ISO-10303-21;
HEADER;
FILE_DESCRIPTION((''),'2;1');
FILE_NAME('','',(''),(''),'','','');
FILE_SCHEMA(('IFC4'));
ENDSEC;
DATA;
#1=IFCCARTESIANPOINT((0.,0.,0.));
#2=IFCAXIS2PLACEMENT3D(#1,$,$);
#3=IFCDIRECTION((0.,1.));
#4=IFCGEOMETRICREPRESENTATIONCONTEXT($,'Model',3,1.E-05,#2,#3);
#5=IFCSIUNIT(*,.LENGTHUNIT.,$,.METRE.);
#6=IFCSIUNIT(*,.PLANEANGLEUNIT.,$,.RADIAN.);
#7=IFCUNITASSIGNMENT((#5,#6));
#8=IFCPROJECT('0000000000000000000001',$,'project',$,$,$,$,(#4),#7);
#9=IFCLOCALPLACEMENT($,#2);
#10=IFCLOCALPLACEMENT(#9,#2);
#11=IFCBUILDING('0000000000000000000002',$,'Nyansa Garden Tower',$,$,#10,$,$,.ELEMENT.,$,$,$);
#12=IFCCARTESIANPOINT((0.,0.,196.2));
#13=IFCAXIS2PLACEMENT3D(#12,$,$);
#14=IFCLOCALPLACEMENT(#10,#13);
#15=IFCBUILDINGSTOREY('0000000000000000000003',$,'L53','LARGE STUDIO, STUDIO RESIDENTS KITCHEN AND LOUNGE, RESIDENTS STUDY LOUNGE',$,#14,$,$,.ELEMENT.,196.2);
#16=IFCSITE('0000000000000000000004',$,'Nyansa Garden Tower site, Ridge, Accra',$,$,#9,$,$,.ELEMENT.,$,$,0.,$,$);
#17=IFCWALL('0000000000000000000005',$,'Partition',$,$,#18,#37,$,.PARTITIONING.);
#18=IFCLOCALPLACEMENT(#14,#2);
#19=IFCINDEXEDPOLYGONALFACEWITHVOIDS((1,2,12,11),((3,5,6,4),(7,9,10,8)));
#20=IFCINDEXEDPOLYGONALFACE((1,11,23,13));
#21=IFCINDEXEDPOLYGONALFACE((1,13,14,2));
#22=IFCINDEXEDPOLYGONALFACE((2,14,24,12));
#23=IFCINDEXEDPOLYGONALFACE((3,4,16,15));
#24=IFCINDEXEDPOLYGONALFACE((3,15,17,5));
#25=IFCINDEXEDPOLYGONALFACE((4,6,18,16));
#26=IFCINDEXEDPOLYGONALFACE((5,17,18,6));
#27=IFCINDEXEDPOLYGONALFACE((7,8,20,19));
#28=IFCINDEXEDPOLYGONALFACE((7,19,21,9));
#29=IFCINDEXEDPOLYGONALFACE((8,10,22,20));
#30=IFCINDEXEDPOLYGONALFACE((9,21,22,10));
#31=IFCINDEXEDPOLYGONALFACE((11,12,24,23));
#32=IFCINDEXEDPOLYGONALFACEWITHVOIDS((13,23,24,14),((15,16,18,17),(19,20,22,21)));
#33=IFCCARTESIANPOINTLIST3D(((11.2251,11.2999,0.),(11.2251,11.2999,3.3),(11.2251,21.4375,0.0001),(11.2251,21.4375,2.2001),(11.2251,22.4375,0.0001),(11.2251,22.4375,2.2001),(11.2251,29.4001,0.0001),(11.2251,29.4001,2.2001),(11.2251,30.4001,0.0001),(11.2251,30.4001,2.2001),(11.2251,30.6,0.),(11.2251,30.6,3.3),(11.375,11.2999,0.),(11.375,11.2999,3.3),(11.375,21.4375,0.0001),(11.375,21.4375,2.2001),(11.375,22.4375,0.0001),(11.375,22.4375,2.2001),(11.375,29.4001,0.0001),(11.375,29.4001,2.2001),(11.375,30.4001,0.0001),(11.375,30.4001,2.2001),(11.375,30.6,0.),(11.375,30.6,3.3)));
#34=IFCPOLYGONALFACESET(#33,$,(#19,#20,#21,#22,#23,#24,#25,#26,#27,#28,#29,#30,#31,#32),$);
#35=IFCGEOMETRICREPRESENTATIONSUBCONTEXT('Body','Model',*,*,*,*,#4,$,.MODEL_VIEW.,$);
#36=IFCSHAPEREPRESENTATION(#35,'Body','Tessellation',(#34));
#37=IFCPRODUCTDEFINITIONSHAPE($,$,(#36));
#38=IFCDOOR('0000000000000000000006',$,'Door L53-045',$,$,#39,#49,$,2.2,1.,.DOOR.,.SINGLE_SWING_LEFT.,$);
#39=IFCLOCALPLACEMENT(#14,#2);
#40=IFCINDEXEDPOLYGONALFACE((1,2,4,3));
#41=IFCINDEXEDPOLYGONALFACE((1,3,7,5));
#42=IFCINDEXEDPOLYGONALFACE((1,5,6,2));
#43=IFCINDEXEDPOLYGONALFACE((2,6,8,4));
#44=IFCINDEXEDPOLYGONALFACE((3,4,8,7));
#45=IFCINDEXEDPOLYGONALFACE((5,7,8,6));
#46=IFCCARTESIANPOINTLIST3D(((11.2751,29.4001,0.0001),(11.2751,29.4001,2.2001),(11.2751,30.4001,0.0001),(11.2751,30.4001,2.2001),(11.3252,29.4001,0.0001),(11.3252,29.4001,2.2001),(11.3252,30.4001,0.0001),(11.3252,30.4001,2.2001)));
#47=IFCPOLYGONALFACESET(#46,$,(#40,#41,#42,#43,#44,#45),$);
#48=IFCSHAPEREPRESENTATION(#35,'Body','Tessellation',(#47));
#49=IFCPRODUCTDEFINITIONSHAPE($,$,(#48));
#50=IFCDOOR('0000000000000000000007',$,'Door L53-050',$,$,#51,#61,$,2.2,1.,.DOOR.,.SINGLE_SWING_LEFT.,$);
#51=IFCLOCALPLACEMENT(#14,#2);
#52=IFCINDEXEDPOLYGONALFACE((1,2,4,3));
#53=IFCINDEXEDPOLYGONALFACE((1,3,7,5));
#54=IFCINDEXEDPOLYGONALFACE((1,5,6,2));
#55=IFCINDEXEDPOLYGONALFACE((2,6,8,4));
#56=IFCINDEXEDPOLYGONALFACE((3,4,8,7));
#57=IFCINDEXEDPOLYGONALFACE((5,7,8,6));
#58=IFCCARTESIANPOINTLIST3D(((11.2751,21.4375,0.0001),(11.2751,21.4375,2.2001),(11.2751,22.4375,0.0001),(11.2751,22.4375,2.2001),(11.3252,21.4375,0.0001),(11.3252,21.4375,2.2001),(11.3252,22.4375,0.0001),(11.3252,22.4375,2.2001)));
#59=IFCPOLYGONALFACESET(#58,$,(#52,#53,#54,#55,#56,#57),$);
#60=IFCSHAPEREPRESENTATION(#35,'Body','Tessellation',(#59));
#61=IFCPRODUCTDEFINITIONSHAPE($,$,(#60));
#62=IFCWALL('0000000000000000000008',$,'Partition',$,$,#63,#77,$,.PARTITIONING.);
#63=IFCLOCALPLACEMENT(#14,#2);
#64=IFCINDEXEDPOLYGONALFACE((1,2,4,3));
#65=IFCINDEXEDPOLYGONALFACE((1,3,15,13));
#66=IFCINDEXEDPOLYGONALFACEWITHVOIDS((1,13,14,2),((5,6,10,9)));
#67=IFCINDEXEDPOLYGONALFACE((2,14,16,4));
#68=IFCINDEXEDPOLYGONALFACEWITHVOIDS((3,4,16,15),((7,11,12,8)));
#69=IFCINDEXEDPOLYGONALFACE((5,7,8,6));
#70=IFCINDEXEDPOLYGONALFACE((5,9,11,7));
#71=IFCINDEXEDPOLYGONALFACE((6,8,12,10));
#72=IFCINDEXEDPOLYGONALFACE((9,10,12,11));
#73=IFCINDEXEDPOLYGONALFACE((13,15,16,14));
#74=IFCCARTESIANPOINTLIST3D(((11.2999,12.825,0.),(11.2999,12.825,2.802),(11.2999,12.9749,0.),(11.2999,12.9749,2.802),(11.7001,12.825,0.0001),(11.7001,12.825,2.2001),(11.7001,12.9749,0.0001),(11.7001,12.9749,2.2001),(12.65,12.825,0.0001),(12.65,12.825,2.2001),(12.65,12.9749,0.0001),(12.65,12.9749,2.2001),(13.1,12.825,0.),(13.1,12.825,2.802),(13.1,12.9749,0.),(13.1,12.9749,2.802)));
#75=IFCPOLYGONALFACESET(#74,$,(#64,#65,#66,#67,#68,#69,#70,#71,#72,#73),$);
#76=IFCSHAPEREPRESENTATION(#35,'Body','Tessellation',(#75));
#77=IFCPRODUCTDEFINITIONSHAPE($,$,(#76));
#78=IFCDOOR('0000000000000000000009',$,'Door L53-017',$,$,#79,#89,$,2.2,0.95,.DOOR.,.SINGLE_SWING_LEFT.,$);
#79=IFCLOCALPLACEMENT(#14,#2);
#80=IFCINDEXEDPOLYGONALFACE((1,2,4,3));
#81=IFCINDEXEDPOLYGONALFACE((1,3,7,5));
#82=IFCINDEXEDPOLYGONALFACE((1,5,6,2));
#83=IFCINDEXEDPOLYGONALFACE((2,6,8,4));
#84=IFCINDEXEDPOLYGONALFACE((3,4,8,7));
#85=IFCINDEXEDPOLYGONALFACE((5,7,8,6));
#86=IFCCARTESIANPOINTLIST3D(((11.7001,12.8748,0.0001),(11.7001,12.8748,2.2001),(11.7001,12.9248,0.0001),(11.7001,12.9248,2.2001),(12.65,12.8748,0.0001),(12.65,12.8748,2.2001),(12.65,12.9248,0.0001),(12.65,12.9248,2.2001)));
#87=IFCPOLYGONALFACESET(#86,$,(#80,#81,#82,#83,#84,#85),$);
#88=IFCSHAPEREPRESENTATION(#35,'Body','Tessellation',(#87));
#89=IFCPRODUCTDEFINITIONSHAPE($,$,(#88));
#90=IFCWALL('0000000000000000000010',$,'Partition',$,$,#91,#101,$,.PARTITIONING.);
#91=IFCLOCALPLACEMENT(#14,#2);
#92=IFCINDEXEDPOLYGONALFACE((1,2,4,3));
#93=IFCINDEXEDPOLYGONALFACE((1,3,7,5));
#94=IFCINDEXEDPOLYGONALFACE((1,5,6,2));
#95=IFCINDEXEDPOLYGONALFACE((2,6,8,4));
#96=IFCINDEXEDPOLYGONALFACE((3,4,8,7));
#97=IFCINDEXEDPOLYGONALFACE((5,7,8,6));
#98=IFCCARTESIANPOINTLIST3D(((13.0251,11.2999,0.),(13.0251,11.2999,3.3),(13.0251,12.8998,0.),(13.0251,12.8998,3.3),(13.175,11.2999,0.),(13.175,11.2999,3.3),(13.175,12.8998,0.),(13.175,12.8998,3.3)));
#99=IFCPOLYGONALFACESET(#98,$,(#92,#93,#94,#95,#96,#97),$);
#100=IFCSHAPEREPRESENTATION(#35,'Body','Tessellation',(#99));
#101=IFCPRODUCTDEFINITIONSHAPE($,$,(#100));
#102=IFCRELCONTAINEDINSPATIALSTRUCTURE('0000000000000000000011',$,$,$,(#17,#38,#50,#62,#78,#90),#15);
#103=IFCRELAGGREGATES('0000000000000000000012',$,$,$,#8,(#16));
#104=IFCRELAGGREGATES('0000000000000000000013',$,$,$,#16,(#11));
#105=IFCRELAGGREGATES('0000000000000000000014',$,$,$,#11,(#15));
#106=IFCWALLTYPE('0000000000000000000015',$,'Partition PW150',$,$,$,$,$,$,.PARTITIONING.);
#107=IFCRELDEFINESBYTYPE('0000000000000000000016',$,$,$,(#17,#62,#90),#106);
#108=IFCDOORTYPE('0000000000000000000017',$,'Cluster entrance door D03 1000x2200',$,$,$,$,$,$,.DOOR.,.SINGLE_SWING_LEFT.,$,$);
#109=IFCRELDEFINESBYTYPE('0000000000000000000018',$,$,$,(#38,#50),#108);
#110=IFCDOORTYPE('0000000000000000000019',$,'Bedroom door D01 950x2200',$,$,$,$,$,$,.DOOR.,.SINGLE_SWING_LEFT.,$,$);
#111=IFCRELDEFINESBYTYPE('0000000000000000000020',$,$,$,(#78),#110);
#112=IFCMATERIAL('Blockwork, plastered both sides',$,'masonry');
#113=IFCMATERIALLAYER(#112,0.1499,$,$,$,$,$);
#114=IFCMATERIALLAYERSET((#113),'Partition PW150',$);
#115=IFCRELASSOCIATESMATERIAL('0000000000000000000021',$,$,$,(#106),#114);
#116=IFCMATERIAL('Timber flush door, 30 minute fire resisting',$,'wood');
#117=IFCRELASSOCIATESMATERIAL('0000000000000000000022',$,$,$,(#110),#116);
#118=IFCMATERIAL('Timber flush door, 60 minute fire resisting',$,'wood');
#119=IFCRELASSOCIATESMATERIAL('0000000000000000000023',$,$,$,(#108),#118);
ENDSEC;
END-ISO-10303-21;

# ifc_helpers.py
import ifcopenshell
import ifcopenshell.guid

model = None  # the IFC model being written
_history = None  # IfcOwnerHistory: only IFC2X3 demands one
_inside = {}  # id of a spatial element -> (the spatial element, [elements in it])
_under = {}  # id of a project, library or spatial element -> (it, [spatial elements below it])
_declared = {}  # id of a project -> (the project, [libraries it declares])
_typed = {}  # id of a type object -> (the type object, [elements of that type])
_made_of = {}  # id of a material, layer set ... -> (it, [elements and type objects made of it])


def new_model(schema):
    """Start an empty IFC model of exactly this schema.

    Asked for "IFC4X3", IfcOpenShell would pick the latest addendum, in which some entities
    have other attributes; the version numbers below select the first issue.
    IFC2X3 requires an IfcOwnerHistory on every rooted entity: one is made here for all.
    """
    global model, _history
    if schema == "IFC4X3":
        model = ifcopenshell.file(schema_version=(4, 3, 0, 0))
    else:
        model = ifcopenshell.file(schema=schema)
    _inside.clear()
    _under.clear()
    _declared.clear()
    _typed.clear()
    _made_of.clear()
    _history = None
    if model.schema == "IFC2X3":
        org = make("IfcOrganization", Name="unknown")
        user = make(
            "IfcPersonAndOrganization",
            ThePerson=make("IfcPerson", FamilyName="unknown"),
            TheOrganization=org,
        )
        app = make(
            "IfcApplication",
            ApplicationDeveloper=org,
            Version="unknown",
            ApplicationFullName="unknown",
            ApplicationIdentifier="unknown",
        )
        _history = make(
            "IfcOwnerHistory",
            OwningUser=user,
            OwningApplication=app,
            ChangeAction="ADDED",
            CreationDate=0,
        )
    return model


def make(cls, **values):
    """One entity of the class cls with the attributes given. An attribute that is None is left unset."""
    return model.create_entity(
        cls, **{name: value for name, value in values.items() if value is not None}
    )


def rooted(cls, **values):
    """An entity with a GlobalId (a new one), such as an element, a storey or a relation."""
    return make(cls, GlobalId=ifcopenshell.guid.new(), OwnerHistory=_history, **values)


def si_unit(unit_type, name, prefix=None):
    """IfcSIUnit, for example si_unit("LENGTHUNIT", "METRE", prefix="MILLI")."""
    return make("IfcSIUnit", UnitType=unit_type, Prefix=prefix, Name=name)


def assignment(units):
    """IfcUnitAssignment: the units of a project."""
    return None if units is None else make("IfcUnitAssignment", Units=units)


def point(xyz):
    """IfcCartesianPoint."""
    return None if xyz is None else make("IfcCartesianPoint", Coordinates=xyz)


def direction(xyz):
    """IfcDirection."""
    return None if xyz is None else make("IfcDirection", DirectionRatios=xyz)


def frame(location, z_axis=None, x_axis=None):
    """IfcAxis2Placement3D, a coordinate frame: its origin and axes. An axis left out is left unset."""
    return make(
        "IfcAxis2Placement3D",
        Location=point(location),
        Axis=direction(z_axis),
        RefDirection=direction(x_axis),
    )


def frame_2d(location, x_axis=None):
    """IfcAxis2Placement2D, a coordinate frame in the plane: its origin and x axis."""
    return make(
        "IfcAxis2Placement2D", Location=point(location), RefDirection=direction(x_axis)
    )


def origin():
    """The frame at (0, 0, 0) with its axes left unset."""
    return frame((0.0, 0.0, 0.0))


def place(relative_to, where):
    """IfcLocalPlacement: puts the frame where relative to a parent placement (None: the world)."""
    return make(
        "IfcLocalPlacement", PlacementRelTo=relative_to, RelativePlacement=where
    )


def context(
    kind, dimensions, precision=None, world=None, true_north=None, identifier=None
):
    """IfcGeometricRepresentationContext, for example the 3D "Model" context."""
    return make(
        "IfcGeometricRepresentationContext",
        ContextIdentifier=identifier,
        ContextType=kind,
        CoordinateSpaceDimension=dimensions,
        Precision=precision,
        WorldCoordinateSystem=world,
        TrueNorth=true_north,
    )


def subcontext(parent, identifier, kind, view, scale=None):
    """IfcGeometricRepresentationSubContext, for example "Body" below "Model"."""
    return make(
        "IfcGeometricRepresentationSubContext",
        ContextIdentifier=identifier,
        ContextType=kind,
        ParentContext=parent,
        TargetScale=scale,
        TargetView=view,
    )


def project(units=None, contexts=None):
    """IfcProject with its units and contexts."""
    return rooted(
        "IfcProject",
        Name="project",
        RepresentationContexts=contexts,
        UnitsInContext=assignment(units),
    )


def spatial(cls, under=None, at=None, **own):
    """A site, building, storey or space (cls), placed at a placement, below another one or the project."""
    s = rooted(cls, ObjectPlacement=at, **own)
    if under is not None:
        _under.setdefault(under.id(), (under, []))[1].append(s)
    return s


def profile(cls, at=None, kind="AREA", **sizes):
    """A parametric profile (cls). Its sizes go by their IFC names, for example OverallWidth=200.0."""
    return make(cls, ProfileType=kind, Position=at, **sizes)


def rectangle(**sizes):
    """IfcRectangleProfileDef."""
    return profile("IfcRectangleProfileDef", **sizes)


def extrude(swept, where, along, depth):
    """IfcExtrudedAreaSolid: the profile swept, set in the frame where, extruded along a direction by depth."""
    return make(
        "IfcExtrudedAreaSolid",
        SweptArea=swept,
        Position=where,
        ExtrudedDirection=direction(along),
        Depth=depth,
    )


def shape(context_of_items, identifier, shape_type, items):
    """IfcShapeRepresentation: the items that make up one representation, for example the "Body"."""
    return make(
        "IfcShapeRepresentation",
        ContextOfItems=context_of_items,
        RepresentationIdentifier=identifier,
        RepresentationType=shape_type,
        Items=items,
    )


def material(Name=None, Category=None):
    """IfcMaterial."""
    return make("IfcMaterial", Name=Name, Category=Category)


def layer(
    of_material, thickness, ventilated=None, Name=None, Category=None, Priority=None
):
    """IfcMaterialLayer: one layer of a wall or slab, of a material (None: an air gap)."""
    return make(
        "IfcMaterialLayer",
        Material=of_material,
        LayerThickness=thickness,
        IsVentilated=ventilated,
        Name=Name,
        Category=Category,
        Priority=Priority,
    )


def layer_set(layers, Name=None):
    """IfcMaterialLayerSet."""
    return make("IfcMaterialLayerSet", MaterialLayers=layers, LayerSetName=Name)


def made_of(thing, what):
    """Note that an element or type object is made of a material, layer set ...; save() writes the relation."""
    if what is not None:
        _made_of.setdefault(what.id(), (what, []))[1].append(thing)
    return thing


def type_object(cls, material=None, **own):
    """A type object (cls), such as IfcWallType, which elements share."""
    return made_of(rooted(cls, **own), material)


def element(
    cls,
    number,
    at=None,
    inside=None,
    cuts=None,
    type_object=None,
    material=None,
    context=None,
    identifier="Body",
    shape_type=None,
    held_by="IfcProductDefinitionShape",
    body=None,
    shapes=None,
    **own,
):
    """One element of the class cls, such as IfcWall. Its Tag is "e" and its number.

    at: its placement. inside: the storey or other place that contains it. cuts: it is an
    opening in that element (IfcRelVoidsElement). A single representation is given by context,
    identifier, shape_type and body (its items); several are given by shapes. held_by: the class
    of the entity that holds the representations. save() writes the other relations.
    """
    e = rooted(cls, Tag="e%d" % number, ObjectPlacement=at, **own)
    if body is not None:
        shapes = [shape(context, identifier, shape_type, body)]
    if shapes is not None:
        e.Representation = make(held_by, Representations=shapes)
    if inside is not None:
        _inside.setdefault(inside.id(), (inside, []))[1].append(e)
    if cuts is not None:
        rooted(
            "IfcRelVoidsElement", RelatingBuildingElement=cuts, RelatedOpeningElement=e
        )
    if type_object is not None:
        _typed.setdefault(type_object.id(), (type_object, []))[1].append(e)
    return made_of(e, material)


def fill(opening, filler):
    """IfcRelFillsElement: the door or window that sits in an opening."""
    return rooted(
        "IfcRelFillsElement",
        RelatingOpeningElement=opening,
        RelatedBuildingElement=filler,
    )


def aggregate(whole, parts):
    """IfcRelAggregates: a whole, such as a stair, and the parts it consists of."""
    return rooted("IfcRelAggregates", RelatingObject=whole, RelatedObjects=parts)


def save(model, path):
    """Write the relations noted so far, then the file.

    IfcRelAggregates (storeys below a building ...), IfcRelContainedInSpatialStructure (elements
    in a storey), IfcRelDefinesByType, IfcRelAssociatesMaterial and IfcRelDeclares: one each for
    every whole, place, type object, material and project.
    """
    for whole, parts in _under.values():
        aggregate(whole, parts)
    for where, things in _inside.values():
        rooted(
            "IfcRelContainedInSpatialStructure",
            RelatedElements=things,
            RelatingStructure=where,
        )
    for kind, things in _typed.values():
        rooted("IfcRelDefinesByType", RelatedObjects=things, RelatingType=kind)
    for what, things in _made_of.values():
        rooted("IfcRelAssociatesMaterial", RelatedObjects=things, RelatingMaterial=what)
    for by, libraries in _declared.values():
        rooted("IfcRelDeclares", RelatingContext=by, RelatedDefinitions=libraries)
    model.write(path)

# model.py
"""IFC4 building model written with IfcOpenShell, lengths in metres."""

from ifc_helpers import new_model, si_unit, direction, frame, frame_2d, origin, place, context, subcontext, project, spatial, rectangle, extrude, material, layer, layer_set, type_object, element, fill, save


model = new_model("IFC4")

# Units and contexts
model_context = context("Model", 3, precision=1e-05, world=origin(), true_north=direction((0.0, 1.0)))
body_context = subcontext(model_context, "Body", "Model", "MODEL_VIEW")
ifc_project = project(units=[si_unit("LENGTHUNIT", "METRE"), si_unit("PLANEANGLEUNIT", "RADIAN")], contexts=[model_context])

# Site, building, storey
site_placement = place(None, origin())
site = spatial("IfcSite", under=ifc_project, at=site_placement, Name="Nyansa Garden Tower site, Ridge, Accra", CompositionType="ELEMENT", RefElevation=0.0)
building_placement = place(site_placement, origin())
building = spatial("IfcBuilding", under=site, at=building_placement, Name="Nyansa Garden Tower", CompositionType="ELEMENT")
storey_placement = place(building_placement, frame((0.0, 0.0, 196.2)))
storey = spatial("IfcBuildingStorey", under=building, at=storey_placement, Name="L53", Description="LARGE STUDIO, STUDIO RESIDENTS KITCHEN AND LOUNGE, RESIDENTS STUDY LOUNGE", CompositionType="ELEMENT", Elevation=196.2)

# Shared definitions
ifc_material_1 = material(Name="Blockwork, plastered both sides", Category="masonry")
ifc_layer = layer(ifc_material_1, 0.1499)
ifc_layer_set = layer_set([ifc_layer], Name="Partition PW150")
wall_type = type_object("IfcWallType", Name="Partition PW150", PredefinedType="PARTITIONING", material=ifc_layer_set)

# Wall, openings, doors
ifc_material_2 = material(Name="Timber flush door, 30 minute fire resisting", Category="wood")
door_type_1 = type_object("IfcDoorType", Name="Bedroom door D01 950x2200", OperationType="SINGLE_SWING_LEFT", PredefinedType="DOOR", material=ifc_material_2)
ifc_material_3 = material(Name="Timber flush door, 60 minute fire resisting", Category="wood")
door_type_2 = type_object("IfcDoorType", Name="Cluster entrance door D03 1000x2200", OperationType="SINGLE_SWING_LEFT", PredefinedType="DOOR", material=ifc_material_3)
wall_1_placement = place(storey_placement, frame((11.3, 11.3, 0.0), z_axis=(0.0, 0.0, 1.0), x_axis=(0.0, 1.0, 0.0)))
wall_1 = element("IfcWall", 1, at=wall_1_placement, inside=storey, type_object=wall_type, Name="Partition", PredefinedType="PARTITIONING", context=body_context, shape_type="SweptSolid", body=[
    extrude(rectangle(XDim=19.3, YDim=0.1499, at=frame_2d((9.6499, 0.0))), origin(), (0.0, 0.0, 1.0), 3.3),
])
opening_1_placement = place(wall_1_placement, frame((18.1001, 0.0, 0.0)))
opening_1 = element("IfcOpeningElement", 2, at=opening_1_placement, cuts=wall_1, PredefinedType="OPENING", context=body_context, shape_type="SweptSolid", body=[
    extrude(rectangle(XDim=1.0, YDim=2.2, at=frame_2d((0.5, 1.1001))), frame((0.0, 0.085, 0.0), z_axis=(0.0, -1.0, 0.0), x_axis=(1.0, 0.0, 0.0)), (0.0, 0.0, 1.0), 0.1699),
])
opening_2_placement = place(wall_1_placement, frame((10.1375, 0.0, 0.0)))
opening_2 = element("IfcOpeningElement", 3, at=opening_2_placement, cuts=wall_1, PredefinedType="OPENING", context=body_context, shape_type="SweptSolid", body=[
    extrude(rectangle(XDim=1.0, YDim=2.2, at=frame_2d((0.5, 1.1001))), frame((0.0, 0.085, 0.0), z_axis=(0.0, -1.0, 0.0), x_axis=(1.0, 0.0, 0.0)), (0.0, 0.0, 1.0), 0.1699),
])
door_1_placement = place(opening_1_placement, origin())
door_1 = element("IfcDoor", 4, at=door_1_placement, inside=storey, type_object=door_type_2, Name="Door L53-045", OperationType="SINGLE_SWING_LEFT", OverallHeight=2.2, OverallWidth=1.0, PredefinedType="DOOR", context=body_context, shape_type="SweptSolid", body=[
    extrude(rectangle(XDim=1.0, YDim=2.2, at=frame_2d((0.5, 1.1001))), frame((0.0, 0.0249, 0.0), z_axis=(0.0, -1.0, 0.0), x_axis=(1.0, 0.0, 0.0)), (0.0, 0.0, 1.0), 0.05),
])
fill(opening_1, door_1)
door_2_placement = place(opening_2_placement, origin())
door_2 = element("IfcDoor", 5, at=door_2_placement, inside=storey, type_object=door_type_2, Name="Door L53-050", OperationType="SINGLE_SWING_LEFT", OverallHeight=2.2, OverallWidth=1.0, PredefinedType="DOOR", context=body_context, shape_type="SweptSolid", body=[
    extrude(rectangle(XDim=1.0, YDim=2.2, at=frame_2d((0.5, 1.1001))), frame((0.0, 0.0249, 0.0), z_axis=(0.0, -1.0, 0.0), x_axis=(1.0, 0.0, 0.0)), (0.0, 0.0, 1.0), 0.05),
])
fill(opening_2, door_2)

# Wall, opening, door
wall_2_placement = place(storey_placement, frame((11.3, 12.8999, 0.0), z_axis=(0.0, 0.0, 1.0), x_axis=(1.0, 0.0, 0.0)))
wall_2 = element("IfcWall", 6, at=wall_2_placement, inside=storey, type_object=wall_type, Name="Partition", PredefinedType="PARTITIONING", context=body_context, shape_type="SweptSolid", body=[
    extrude(rectangle(XDim=1.8, YDim=0.1499, at=frame_2d((0.8999, 0.0))), origin(), (0.0, 0.0, 1.0), 2.802),
])
opening_3_placement = place(wall_2_placement, frame((0.3999, 0.0, 0.0)))
opening_3 = element("IfcOpeningElement", 7, at=opening_3_placement, cuts=wall_2, PredefinedType="OPENING", context=body_context, shape_type="SweptSolid", body=[
    extrude(rectangle(XDim=0.95, YDim=2.2, at=frame_2d((0.4751, 1.1001))), frame((0.0, 0.085, 0.0), z_axis=(0.0, -1.0, 0.0), x_axis=(1.0, 0.0, 0.0)), (0.0, 0.0, 1.0), 0.1699),
])
door_3_placement = place(opening_3_placement, origin())
door_3 = element("IfcDoor", 8, at=door_3_placement, inside=storey, type_object=door_type_1, Name="Door L53-017", OperationType="SINGLE_SWING_LEFT", OverallHeight=2.2, OverallWidth=0.95, PredefinedType="DOOR", context=body_context, shape_type="SweptSolid", body=[
    extrude(rectangle(XDim=0.95, YDim=2.2, at=frame_2d((0.4751, 1.1001))), frame((0.0, 0.0249, 0.0), z_axis=(0.0, -1.0, 0.0), x_axis=(1.0, 0.0, 0.0)), (0.0, 0.0, 1.0), 0.05),
])
fill(opening_3, door_3)

# Wall
wall_3_placement = place(storey_placement, frame((13.1001, 11.3, 0.0), z_axis=(0.0, 0.0, 1.0), x_axis=(0.0, 1.0, 0.0)))
element("IfcWall", 9, at=wall_3_placement, inside=storey, type_object=wall_type, Name="Partition", PredefinedType="PARTITIONING", context=body_context, shape_type="SweptSolid", body=[
    extrude(rectangle(XDim=1.5999, YDim=0.1499, at=frame_2d((0.7998, 0.0))), origin(), (0.0, 0.0, 1.0), 3.3),
])

save(model, "model.ifc")
